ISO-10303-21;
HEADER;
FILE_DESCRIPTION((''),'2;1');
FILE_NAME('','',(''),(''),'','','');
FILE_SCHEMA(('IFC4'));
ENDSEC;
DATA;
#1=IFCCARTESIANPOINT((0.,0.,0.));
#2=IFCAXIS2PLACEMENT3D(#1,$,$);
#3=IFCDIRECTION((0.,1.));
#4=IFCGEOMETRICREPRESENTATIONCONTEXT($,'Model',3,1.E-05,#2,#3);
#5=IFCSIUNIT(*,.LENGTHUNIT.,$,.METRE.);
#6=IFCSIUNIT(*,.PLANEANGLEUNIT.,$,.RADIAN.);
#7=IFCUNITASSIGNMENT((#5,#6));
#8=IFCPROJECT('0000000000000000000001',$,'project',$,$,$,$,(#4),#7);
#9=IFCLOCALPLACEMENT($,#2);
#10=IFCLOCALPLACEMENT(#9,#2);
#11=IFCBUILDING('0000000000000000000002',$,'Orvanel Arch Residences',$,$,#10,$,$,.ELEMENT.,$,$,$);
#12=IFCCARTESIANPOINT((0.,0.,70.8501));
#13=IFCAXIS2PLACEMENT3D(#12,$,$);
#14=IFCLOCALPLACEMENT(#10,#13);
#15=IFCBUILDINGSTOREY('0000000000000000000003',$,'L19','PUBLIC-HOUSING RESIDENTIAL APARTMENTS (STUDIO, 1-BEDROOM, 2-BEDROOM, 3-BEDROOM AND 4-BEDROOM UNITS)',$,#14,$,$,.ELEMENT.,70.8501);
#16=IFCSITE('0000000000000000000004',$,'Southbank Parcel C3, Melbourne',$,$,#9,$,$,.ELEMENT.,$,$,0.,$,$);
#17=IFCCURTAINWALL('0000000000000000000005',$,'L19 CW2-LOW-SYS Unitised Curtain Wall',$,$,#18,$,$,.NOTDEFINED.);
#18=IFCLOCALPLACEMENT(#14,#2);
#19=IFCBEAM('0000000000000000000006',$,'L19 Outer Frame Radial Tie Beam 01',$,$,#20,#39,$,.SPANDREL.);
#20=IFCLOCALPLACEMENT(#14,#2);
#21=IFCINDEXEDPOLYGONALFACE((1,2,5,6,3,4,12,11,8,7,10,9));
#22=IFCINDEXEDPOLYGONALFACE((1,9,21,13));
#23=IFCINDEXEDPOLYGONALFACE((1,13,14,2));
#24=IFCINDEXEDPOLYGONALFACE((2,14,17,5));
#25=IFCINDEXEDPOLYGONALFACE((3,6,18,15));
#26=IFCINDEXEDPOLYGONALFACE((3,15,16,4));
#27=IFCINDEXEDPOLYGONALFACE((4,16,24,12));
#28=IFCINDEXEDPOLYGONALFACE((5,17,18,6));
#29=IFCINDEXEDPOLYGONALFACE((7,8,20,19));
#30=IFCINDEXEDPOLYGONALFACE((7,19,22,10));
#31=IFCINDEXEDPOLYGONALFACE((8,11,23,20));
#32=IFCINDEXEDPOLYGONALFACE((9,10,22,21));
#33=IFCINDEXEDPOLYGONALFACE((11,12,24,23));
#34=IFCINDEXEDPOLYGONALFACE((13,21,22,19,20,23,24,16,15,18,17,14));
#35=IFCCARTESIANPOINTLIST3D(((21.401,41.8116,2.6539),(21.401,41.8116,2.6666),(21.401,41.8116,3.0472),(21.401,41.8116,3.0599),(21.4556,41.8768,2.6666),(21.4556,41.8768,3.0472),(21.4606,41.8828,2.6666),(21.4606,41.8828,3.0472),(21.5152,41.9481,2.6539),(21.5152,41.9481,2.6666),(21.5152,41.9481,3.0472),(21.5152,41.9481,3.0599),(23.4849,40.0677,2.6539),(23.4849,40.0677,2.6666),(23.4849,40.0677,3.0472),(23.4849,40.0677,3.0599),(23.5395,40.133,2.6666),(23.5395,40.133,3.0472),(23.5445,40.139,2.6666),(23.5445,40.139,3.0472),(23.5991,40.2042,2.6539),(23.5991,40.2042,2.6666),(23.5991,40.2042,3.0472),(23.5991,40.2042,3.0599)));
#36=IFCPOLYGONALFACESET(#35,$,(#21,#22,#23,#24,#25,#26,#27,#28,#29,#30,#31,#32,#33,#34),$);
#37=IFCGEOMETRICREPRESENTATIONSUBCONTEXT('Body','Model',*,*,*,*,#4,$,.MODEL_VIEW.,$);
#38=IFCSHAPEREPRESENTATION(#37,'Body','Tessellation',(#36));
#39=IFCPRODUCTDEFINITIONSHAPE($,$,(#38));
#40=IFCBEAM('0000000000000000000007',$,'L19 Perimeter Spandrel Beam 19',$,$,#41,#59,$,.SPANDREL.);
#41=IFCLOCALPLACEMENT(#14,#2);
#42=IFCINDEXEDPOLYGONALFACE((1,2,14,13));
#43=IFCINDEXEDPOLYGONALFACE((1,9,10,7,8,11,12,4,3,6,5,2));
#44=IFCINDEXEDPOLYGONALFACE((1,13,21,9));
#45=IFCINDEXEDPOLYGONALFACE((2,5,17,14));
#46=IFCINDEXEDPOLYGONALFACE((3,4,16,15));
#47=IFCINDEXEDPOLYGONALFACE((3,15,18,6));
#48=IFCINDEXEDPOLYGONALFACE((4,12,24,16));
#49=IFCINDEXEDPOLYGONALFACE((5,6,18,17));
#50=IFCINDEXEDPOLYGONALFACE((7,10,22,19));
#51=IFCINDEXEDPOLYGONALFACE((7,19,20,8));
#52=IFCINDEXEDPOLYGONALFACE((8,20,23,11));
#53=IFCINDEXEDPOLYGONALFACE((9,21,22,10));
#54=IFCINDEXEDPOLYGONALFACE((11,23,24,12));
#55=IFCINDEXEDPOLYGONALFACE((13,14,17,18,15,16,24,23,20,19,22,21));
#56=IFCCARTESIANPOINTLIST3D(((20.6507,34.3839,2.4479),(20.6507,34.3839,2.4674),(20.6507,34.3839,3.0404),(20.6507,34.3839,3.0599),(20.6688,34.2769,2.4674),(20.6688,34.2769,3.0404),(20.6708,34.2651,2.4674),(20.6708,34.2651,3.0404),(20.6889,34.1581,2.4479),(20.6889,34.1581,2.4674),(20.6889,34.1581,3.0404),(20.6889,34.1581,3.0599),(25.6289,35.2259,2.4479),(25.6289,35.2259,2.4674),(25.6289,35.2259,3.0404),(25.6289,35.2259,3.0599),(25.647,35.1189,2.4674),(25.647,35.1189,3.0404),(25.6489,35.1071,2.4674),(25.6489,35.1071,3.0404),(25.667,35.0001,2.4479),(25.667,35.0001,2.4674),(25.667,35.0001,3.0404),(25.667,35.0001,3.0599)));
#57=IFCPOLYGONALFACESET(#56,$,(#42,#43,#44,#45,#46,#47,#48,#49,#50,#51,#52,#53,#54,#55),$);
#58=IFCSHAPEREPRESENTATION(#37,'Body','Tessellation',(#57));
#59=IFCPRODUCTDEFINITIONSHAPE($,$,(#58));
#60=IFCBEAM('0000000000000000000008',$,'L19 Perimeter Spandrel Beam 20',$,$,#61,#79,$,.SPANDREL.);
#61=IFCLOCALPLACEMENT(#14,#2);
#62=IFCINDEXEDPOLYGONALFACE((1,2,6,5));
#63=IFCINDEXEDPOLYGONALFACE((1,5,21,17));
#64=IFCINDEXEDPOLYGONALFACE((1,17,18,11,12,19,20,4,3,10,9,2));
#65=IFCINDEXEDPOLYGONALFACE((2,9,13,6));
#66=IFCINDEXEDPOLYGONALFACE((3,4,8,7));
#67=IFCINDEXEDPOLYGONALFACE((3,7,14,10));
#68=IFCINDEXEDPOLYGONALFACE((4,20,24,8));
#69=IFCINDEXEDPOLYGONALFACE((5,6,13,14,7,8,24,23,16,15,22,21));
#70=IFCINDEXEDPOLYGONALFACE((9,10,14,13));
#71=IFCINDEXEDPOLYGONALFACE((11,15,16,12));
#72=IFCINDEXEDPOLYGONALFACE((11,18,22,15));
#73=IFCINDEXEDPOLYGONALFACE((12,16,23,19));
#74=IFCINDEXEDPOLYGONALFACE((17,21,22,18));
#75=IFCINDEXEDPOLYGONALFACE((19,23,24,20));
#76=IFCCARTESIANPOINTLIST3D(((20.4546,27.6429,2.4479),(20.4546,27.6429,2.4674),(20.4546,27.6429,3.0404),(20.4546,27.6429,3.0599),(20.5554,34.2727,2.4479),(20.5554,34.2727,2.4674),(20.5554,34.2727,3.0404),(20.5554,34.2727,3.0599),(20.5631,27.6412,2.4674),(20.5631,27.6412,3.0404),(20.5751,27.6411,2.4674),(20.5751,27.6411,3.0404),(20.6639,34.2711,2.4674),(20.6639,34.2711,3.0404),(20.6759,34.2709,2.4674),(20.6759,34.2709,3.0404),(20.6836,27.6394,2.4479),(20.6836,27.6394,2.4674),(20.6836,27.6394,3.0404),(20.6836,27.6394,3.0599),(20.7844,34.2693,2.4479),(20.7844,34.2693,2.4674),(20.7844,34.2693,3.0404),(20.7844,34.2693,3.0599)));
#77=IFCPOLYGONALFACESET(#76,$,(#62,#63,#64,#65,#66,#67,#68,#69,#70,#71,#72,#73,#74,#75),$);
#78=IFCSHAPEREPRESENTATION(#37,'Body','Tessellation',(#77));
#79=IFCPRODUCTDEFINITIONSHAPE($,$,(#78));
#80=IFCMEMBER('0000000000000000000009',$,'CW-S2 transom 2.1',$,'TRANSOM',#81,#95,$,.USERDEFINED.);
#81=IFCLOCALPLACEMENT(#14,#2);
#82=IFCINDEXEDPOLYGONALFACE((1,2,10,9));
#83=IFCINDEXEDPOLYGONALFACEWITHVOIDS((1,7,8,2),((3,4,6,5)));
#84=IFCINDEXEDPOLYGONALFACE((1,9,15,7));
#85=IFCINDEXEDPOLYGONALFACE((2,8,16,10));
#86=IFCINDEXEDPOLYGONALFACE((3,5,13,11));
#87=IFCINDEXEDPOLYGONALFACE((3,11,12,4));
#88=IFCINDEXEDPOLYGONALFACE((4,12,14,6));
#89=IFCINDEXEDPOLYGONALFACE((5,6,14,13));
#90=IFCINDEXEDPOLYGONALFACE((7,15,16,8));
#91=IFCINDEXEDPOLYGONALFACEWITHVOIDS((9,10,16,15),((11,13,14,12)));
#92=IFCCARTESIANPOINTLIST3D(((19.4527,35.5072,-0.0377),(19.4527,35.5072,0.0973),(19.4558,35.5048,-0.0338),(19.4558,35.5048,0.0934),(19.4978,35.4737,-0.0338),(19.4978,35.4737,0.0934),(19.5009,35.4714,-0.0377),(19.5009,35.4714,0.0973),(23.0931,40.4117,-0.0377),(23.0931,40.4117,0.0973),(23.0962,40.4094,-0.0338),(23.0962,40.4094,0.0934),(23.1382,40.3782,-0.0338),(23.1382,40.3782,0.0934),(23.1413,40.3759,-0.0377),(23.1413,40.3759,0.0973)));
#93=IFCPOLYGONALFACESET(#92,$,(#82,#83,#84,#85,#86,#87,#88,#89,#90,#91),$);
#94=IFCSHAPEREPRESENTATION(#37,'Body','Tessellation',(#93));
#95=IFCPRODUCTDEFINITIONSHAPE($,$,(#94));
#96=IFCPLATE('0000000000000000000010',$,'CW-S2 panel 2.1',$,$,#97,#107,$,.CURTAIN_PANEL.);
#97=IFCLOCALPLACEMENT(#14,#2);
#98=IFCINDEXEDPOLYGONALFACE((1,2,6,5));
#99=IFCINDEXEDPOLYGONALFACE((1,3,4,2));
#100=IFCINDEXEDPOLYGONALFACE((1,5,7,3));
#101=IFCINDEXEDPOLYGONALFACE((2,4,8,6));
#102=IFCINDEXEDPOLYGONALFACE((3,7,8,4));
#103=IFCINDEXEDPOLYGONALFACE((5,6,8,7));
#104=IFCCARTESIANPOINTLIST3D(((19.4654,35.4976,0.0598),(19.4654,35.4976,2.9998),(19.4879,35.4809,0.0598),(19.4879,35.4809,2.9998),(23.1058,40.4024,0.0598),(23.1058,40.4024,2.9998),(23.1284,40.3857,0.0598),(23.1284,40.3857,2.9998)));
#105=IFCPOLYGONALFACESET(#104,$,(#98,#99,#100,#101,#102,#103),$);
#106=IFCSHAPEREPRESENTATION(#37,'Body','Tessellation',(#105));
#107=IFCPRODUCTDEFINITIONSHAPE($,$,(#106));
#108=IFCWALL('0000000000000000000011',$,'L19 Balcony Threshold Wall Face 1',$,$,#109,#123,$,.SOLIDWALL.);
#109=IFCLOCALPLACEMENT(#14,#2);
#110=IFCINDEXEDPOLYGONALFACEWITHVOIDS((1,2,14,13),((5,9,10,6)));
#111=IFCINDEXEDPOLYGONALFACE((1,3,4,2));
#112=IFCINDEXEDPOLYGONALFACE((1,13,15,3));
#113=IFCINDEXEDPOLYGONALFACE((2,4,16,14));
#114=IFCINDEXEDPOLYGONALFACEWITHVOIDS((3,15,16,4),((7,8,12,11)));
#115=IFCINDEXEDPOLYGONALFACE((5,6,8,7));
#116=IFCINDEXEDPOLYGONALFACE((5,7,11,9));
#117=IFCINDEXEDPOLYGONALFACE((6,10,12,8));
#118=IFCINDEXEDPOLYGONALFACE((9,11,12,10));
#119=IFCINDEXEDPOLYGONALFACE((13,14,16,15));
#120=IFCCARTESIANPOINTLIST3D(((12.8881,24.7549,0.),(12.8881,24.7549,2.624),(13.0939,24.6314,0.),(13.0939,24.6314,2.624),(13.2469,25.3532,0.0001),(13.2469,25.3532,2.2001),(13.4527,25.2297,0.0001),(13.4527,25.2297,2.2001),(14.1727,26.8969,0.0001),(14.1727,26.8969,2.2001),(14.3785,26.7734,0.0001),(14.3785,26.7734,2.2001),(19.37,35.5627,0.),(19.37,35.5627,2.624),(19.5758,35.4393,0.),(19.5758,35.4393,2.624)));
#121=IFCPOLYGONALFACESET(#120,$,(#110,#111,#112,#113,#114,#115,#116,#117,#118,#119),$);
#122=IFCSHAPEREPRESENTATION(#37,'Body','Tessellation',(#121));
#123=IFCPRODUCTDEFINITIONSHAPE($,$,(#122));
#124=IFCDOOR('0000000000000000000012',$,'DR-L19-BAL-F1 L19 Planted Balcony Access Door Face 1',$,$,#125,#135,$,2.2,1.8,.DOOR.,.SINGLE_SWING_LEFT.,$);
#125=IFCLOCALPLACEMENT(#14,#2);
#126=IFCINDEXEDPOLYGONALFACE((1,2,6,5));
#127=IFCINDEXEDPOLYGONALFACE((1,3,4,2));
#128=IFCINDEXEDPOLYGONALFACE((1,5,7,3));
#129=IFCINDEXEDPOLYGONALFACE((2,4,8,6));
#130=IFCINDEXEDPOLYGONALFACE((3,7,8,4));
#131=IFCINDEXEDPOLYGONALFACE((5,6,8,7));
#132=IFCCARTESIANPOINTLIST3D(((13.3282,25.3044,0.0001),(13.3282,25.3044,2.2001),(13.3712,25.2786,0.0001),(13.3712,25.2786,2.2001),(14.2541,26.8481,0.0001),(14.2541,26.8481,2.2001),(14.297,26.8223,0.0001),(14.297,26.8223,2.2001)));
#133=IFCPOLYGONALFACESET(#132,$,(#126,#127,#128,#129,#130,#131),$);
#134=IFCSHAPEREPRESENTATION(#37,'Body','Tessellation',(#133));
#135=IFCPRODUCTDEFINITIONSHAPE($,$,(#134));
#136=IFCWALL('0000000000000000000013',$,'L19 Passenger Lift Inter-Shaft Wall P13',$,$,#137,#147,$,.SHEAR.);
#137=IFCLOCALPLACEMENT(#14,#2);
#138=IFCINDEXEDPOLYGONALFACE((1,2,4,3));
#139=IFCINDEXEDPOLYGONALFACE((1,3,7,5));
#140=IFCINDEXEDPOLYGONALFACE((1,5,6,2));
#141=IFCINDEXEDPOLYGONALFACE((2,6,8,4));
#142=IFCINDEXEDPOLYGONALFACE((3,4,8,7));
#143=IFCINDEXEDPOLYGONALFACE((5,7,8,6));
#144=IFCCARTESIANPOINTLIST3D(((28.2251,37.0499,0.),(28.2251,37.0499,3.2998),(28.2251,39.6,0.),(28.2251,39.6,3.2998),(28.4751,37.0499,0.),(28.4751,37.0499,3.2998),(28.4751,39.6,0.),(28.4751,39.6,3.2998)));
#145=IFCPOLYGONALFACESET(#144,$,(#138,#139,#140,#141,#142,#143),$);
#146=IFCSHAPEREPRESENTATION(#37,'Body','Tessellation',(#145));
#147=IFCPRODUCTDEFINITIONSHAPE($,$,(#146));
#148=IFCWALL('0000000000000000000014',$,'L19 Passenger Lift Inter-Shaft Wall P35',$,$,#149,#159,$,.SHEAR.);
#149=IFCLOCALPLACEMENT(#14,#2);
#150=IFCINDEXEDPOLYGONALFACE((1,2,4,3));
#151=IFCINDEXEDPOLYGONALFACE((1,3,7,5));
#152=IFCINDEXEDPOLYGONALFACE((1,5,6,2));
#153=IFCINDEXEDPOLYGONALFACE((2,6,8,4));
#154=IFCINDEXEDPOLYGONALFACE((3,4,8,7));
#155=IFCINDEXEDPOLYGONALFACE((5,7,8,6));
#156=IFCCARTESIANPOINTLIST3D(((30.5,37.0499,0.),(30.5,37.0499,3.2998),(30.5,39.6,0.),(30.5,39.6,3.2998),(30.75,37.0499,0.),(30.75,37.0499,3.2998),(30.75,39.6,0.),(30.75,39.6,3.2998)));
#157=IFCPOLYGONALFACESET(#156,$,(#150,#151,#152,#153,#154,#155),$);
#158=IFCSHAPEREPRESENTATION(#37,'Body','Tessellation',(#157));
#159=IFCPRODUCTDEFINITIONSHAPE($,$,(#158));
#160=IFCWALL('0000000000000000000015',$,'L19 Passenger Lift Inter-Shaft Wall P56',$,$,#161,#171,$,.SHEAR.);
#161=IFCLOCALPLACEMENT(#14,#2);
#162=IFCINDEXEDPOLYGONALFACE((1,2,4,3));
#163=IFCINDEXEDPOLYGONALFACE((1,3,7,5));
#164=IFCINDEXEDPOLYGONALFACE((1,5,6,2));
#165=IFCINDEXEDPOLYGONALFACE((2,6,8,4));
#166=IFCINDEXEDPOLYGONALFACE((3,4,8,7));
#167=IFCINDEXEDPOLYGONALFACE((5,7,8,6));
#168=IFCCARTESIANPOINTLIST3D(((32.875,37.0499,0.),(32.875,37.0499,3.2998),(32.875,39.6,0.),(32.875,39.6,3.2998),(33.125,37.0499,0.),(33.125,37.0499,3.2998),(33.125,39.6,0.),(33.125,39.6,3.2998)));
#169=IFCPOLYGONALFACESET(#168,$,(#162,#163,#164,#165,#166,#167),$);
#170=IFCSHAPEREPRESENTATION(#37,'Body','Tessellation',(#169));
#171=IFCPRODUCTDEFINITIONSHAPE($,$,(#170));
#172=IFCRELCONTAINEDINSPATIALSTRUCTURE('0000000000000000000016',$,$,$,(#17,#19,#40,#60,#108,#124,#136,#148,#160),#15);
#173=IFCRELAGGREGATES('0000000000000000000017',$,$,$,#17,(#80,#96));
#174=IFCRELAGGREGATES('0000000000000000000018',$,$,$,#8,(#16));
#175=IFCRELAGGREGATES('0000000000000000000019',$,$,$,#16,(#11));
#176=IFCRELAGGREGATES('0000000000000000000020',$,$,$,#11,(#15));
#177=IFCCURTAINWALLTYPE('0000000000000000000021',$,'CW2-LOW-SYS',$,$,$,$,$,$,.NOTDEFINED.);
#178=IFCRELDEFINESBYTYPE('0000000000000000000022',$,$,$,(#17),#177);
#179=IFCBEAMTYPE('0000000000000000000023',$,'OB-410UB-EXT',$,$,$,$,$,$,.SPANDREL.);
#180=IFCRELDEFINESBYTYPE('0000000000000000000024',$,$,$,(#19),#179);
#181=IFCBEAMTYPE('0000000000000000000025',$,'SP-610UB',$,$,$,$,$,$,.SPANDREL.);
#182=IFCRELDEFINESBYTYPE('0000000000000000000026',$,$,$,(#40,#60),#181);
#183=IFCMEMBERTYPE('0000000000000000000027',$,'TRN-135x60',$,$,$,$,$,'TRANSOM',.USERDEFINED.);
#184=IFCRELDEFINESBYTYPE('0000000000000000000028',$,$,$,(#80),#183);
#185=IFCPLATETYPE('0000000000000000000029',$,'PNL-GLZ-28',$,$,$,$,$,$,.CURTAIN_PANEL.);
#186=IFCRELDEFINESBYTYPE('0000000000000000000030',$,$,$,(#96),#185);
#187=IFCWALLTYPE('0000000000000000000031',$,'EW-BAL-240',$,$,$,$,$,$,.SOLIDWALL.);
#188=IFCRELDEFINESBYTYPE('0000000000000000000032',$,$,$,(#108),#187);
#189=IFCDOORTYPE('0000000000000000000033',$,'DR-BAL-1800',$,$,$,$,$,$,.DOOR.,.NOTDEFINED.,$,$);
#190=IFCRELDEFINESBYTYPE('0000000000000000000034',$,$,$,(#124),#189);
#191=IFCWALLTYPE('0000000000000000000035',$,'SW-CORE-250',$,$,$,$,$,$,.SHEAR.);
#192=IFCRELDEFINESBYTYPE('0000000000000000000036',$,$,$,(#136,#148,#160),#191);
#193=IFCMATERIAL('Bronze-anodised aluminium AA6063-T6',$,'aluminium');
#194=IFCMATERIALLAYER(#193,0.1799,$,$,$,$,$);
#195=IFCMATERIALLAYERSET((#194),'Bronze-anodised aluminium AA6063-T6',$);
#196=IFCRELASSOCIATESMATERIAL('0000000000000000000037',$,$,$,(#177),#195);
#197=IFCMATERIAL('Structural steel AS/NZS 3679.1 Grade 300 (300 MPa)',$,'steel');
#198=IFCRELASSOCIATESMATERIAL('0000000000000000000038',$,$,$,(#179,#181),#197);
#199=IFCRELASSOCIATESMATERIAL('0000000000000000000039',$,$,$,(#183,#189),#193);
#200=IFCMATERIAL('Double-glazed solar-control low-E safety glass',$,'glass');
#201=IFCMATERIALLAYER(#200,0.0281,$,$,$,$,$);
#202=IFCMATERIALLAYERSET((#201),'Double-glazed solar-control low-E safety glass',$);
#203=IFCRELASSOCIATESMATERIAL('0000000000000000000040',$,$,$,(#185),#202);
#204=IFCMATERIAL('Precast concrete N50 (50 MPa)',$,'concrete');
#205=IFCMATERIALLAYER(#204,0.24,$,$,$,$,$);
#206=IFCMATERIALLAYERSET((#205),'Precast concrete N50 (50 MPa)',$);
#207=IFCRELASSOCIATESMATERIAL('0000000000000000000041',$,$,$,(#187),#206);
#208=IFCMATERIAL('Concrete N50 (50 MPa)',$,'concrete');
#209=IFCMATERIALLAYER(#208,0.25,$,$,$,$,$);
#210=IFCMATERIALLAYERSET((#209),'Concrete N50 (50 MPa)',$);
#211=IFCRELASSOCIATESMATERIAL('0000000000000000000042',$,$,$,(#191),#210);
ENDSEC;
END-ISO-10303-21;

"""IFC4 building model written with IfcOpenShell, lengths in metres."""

from ifc_helpers import new_model, si_unit, direction, frame, frame_2d, origin, origin_2d, place, context, subcontext, project, spatial, rectangle, hollow_rectangle, i_section, extrude, material, layer, layer_set, material_profile, profile_set, type_object, element, fill, aggregate, save


model = new_model("IFC4")

# Units and contexts
model_context = context("Model", 3, precision=1e-05, world=origin(), true_north=direction((0.0, 1.0)))
body_context = subcontext(model_context, "Body", "Model", "MODEL_VIEW")
ifc_project = project(units=[si_unit("LENGTHUNIT", "METRE"), si_unit("PLANEANGLEUNIT", "RADIAN")], contexts=[model_context])

# Site, building, storey
site_placement = place(None, origin())
site = spatial("IfcSite", under=ifc_project, at=site_placement, Name="Southbank Parcel C3, Melbourne", CompositionType="ELEMENT", RefElevation=0.0)
building_placement = place(site_placement, origin())
building = spatial("IfcBuilding", under=site, at=building_placement, Name="Orvanel Arch Residences", CompositionType="ELEMENT")
storey_placement = place(building_placement, frame((0.0, 0.0, 70.8501)))
storey = spatial("IfcBuildingStorey", under=building, at=storey_placement, Name="L19", Description="PUBLIC-HOUSING RESIDENTIAL APARTMENTS (STUDIO, 1-BEDROOM, 2-BEDROOM, 3-BEDROOM AND 4-BEDROOM UNITS)", CompositionType="ELEMENT", Elevation=70.8501)

# Shared definitions
ifc_material_1 = material(Name="Structural steel AS/NZS 3679.1 Grade 300 (300 MPa)", Category="steel")

# Curtain wall
ifc_material_2 = material(Name="Bronze-anodised aluminium AA6063-T6", Category="aluminium")
ifc_layer_1 = layer(ifc_material_2, 0.1799)
ifc_layer_set_1 = layer_set([ifc_layer_1], Name="Bronze-anodised aluminium AA6063-T6")
curtain_wall_type = type_object("IfcCurtainWallType", Name="CW2-LOW-SYS", PredefinedType="NOTDEFINED", material=ifc_layer_set_1)
curtain_wall_placement = place(storey_placement, origin())
curtain_wall = element("IfcCurtainWall", 1, at=curtain_wall_placement, inside=storey, type_object=curtain_wall_type, Name="L19 CW2-LOW-SYS Unitised Curtain Wall", PredefinedType="NOTDEFINED")

# Beams
ifc_material_profile_1 = material_profile(ifc_material_1, i_section(OverallWidth=0.178, OverallDepth=0.406, WebThickness=0.0078, FlangeThickness=0.0127, at=origin_2d()), Name="410UB59.7")
ifc_profile_set_1 = profile_set([ifc_material_profile_1], Name="Structural steel AS/NZS 3679.1 Grade 300 (300 MPa)")
beam_type_1 = type_object("IfcBeamType", Name="OB-410UB-EXT", PredefinedType="SPANDREL", material=ifc_profile_set_1)
beam_1_placement = place(storey_placement, frame((23.542, 40.136, 2.8569), z_axis=(-0.766909, 0.641756, 0.0), x_axis=(-0.641756, -0.766909, 0.0)))
element("IfcBeam", 2, at=beam_1_placement, inside=storey, type_object=beam_type_1, Name="L19 Outer Frame Radial Tie Beam 01", PredefinedType="SPANDREL", context=body_context, shape_type="SweptSolid", body=[
    extrude(i_section(OverallWidth=0.178, OverallDepth=0.406, WebThickness=0.0078, FlangeThickness=0.0127, at=origin_2d()), origin(), (0.0, 0.0, 1.0), 2.7173),
])
ifc_material_profile_2 = material_profile(ifc_material_1, i_section(OverallWidth=0.229, OverallDepth=0.6121, WebThickness=0.012, FlangeThickness=0.0195, at=origin_2d()), Name="610UB125")
ifc_profile_set_2 = profile_set([ifc_material_profile_2], Name="Structural steel AS/NZS 3679.1 Grade 300 (300 MPa)")
beam_type_2 = type_object("IfcBeamType", Name="SP-610UB", PredefinedType="SPANDREL", material=ifc_profile_set_2)
beam_2_placement = place(storey_placement, frame((25.6479, 35.113, 2.7539), z_axis=(-0.985994, -0.166782, 0.0), x_axis=(0.166782, -0.985994, 0.0)))
element("IfcBeam", 3, at=beam_2_placement, inside=storey, type_object=beam_type_2, Name="L19 Perimeter Spandrel Beam 19", PredefinedType="SPANDREL", context=body_context, shape_type="SweptSolid", body=[
    extrude(i_section(OverallWidth=0.229, OverallDepth=0.6121, WebThickness=0.012, FlangeThickness=0.0195, at=origin_2d()), origin(), (0.0, 0.0, 1.0), 5.0488),
])
beam_3_placement = place(storey_placement, frame((20.6699, 34.271, 2.7539), z_axis=(-0.015207, -0.999884, 0.0), x_axis=(0.999884, -0.015207, 0.0)))
element("IfcBeam", 4, at=beam_3_placement, inside=storey, type_object=beam_type_2, Name="L19 Perimeter Spandrel Beam 20", PredefinedType="SPANDREL", context=body_context, shape_type="SweptSolid", body=[
    extrude(i_section(OverallWidth=0.229, OverallDepth=0.6121, WebThickness=0.012, FlangeThickness=0.0195, at=origin_2d()), origin(), (0.0, 0.0, 1.0), 6.6306),
])

# Member
ifc_material_profile_3 = material_profile(ifc_material_2, hollow_rectangle(XDim=0.0601, YDim=0.135, WallThickness=0.0039, at=origin_2d()), Name="ALU135x60x4")
ifc_profile_set_3 = profile_set([ifc_material_profile_3], Name="Bronze-anodised aluminium AA6063-T6")
member_type_1 = type_object("IfcMemberType", Name="TRN-135x60", ElementType="TRANSOM", PredefinedType="USERDEFINED", material=ifc_profile_set_3)
member_1_placement = place(storey_placement, frame((23.1172, 40.3938, 0.0298), z_axis=(-0.596008, -0.802978, 0.0), x_axis=(0.802978, -0.596008, 0.0)))
member_1 = element("IfcMember", 5, at=member_1_placement, type_object=member_type_1, Name="CW-S2 transom 2.1", ObjectType="TRANSOM", PredefinedType="USERDEFINED", context=body_context, shape_type="SweptSolid", body=[
    extrude(hollow_rectangle(XDim=0.0601, YDim=0.135, WallThickness=0.0039, at=origin_2d()), origin(), (0.0, 0.0, 1.0), 6.1079),
])

# Plate
ifc_material_3 = material(Name="Double-glazed solar-control low-E safety glass", Category="glass")
ifc_layer_2 = layer(ifc_material_3, 0.0281)
ifc_layer_set_2 = layer_set([ifc_layer_2], Name="Double-glazed solar-control low-E safety glass")
plate_type = type_object("IfcPlateType", Name="PNL-GLZ-28", PredefinedType="CURTAIN_PANEL", material=ifc_layer_set_2)
plate_placement = place(storey_placement, frame((21.2969, 37.9417, 0.0598), z_axis=(0.0, 0.0, 1.0), x_axis=(-0.596001, -0.802984, 0.0)))
plate = element("IfcPlate", 6, at=plate_placement, type_object=plate_type, Name="CW-S2 panel 2.1", PredefinedType="CURTAIN_PANEL", context=body_context, shape_type="SweptSolid", body=[
    extrude(rectangle(XDim=6.1082, YDim=0.0281, at=origin_2d()), origin(), (0.0, 0.0, 1.0), 2.9399),
])
aggregate(curtain_wall, [member_1, plate])

# Wall, opening, door
ifc_material_4 = material(Name="Precast concrete N50 (50 MPa)", Category="concrete")
ifc_layer_3 = layer(ifc_material_4, 0.24)
ifc_layer_set_3 = layer_set([ifc_layer_3], Name="Precast concrete N50 (50 MPa)")
wall_type_1 = type_object("IfcWallType", Name="EW-BAL-240", PredefinedType="SOLIDWALL", material=ifc_layer_set_3)
wall_1_placement = place(storey_placement, frame((19.4729, 35.501, 0.0), z_axis=(0.0, 0.0, 1.0), x_axis=(-0.514333, -0.85759, 0.0)))
wall_1 = element("IfcWall", 7, at=wall_1_placement, inside=storey, type_object=wall_type_1, Name="L19 Balcony Threshold Wall Face 1", PredefinedType="SOLIDWALL", context=body_context, shape_type="SweptSolid", body=[
    extrude(rectangle(XDim=12.6025, YDim=0.24, at=frame_2d((6.3013, 0.0))), origin(), (0.0, 0.0, 1.0), 2.624),
])
opening_1_placement = place(wall_1_placement, frame((10.105, 0.0, 0.0)))
opening_1 = element("IfcOpeningElement", 8, at=opening_1_placement, cuts=wall_1, PredefinedType="OPENING", context=body_context, shape_type="SweptSolid", body=[
    extrude(rectangle(XDim=1.8, YDim=2.2, at=frame_2d((0.8999, 1.1001))), frame((0.0, 0.1299, 0.0), z_axis=(0.0, -1.0, 0.0), x_axis=(1.0, 0.0, 0.0)), (0.0, 0.0, 1.0), 0.26),
])
door_type_1 = type_object("IfcDoorType", Name="DR-BAL-1800", OperationType="NOTDEFINED", PredefinedType="DOOR", material=ifc_material_2)
door_1_placement = place(opening_1_placement, origin())
door_1 = element("IfcDoor", 9, at=door_1_placement, inside=storey, type_object=door_type_1, Name="DR-L19-BAL-F1 L19 Planted Balcony Access Door Face 1", OperationType="SINGLE_SWING_LEFT", OverallHeight=2.2, OverallWidth=1.8, PredefinedType="DOOR", context=body_context, shape_type="SweptSolid", body=[
    extrude(rectangle(XDim=1.8, YDim=2.2, at=frame_2d((0.8999, 1.1001))), frame((0.0, 0.0249, 0.0), z_axis=(0.0, -1.0, 0.0), x_axis=(1.0, 0.0, 0.0)), (0.0, 0.0, 1.0), 0.05),
])
fill(opening_1, door_1)

# Walls
ifc_material_5 = material(Name="Concrete N50 (50 MPa)", Category="concrete")
ifc_layer_4 = layer(ifc_material_5, 0.25)
ifc_layer_set_4 = layer_set([ifc_layer_4], Name="Concrete N50 (50 MPa)")
wall_type_2 = type_object("IfcWallType", Name="SW-CORE-250", PredefinedType="SHEAR", material=ifc_layer_set_4)
for number, where, z_axis, x_axis, name in (
    (10, (28.3501, 37.05, 0.0), (0.0, 0.0, 1.0), (0.0, 1.0, 0.0), "L19 Passenger Lift Inter-Shaft Wall P13"),
    (11, (30.625, 37.05, 0.0), (0.0, 0.0, 1.0), (0.0, 1.0, 0.0), "L19 Passenger Lift Inter-Shaft Wall P35"),
    (12, (33.0, 37.05, 0.0), (0.0, 0.0, 1.0), (0.0, 1.0, 0.0), "L19 Passenger Lift Inter-Shaft Wall P56"),
):
    element("IfcWall", number, at=place(storey_placement, frame(where, z_axis=z_axis, x_axis=x_axis)), inside=storey, type_object=wall_type_2, Name=name, PredefinedType="SHEAR", context=body_context, shape_type="SweptSolid", body=[
        extrude(rectangle(XDim=2.55, YDim=0.25, at=frame_2d((1.2749, 0.0))), origin(), (0.0, 0.0, 1.0), 3.2998),
    ])

save(model, "model.ifc")
